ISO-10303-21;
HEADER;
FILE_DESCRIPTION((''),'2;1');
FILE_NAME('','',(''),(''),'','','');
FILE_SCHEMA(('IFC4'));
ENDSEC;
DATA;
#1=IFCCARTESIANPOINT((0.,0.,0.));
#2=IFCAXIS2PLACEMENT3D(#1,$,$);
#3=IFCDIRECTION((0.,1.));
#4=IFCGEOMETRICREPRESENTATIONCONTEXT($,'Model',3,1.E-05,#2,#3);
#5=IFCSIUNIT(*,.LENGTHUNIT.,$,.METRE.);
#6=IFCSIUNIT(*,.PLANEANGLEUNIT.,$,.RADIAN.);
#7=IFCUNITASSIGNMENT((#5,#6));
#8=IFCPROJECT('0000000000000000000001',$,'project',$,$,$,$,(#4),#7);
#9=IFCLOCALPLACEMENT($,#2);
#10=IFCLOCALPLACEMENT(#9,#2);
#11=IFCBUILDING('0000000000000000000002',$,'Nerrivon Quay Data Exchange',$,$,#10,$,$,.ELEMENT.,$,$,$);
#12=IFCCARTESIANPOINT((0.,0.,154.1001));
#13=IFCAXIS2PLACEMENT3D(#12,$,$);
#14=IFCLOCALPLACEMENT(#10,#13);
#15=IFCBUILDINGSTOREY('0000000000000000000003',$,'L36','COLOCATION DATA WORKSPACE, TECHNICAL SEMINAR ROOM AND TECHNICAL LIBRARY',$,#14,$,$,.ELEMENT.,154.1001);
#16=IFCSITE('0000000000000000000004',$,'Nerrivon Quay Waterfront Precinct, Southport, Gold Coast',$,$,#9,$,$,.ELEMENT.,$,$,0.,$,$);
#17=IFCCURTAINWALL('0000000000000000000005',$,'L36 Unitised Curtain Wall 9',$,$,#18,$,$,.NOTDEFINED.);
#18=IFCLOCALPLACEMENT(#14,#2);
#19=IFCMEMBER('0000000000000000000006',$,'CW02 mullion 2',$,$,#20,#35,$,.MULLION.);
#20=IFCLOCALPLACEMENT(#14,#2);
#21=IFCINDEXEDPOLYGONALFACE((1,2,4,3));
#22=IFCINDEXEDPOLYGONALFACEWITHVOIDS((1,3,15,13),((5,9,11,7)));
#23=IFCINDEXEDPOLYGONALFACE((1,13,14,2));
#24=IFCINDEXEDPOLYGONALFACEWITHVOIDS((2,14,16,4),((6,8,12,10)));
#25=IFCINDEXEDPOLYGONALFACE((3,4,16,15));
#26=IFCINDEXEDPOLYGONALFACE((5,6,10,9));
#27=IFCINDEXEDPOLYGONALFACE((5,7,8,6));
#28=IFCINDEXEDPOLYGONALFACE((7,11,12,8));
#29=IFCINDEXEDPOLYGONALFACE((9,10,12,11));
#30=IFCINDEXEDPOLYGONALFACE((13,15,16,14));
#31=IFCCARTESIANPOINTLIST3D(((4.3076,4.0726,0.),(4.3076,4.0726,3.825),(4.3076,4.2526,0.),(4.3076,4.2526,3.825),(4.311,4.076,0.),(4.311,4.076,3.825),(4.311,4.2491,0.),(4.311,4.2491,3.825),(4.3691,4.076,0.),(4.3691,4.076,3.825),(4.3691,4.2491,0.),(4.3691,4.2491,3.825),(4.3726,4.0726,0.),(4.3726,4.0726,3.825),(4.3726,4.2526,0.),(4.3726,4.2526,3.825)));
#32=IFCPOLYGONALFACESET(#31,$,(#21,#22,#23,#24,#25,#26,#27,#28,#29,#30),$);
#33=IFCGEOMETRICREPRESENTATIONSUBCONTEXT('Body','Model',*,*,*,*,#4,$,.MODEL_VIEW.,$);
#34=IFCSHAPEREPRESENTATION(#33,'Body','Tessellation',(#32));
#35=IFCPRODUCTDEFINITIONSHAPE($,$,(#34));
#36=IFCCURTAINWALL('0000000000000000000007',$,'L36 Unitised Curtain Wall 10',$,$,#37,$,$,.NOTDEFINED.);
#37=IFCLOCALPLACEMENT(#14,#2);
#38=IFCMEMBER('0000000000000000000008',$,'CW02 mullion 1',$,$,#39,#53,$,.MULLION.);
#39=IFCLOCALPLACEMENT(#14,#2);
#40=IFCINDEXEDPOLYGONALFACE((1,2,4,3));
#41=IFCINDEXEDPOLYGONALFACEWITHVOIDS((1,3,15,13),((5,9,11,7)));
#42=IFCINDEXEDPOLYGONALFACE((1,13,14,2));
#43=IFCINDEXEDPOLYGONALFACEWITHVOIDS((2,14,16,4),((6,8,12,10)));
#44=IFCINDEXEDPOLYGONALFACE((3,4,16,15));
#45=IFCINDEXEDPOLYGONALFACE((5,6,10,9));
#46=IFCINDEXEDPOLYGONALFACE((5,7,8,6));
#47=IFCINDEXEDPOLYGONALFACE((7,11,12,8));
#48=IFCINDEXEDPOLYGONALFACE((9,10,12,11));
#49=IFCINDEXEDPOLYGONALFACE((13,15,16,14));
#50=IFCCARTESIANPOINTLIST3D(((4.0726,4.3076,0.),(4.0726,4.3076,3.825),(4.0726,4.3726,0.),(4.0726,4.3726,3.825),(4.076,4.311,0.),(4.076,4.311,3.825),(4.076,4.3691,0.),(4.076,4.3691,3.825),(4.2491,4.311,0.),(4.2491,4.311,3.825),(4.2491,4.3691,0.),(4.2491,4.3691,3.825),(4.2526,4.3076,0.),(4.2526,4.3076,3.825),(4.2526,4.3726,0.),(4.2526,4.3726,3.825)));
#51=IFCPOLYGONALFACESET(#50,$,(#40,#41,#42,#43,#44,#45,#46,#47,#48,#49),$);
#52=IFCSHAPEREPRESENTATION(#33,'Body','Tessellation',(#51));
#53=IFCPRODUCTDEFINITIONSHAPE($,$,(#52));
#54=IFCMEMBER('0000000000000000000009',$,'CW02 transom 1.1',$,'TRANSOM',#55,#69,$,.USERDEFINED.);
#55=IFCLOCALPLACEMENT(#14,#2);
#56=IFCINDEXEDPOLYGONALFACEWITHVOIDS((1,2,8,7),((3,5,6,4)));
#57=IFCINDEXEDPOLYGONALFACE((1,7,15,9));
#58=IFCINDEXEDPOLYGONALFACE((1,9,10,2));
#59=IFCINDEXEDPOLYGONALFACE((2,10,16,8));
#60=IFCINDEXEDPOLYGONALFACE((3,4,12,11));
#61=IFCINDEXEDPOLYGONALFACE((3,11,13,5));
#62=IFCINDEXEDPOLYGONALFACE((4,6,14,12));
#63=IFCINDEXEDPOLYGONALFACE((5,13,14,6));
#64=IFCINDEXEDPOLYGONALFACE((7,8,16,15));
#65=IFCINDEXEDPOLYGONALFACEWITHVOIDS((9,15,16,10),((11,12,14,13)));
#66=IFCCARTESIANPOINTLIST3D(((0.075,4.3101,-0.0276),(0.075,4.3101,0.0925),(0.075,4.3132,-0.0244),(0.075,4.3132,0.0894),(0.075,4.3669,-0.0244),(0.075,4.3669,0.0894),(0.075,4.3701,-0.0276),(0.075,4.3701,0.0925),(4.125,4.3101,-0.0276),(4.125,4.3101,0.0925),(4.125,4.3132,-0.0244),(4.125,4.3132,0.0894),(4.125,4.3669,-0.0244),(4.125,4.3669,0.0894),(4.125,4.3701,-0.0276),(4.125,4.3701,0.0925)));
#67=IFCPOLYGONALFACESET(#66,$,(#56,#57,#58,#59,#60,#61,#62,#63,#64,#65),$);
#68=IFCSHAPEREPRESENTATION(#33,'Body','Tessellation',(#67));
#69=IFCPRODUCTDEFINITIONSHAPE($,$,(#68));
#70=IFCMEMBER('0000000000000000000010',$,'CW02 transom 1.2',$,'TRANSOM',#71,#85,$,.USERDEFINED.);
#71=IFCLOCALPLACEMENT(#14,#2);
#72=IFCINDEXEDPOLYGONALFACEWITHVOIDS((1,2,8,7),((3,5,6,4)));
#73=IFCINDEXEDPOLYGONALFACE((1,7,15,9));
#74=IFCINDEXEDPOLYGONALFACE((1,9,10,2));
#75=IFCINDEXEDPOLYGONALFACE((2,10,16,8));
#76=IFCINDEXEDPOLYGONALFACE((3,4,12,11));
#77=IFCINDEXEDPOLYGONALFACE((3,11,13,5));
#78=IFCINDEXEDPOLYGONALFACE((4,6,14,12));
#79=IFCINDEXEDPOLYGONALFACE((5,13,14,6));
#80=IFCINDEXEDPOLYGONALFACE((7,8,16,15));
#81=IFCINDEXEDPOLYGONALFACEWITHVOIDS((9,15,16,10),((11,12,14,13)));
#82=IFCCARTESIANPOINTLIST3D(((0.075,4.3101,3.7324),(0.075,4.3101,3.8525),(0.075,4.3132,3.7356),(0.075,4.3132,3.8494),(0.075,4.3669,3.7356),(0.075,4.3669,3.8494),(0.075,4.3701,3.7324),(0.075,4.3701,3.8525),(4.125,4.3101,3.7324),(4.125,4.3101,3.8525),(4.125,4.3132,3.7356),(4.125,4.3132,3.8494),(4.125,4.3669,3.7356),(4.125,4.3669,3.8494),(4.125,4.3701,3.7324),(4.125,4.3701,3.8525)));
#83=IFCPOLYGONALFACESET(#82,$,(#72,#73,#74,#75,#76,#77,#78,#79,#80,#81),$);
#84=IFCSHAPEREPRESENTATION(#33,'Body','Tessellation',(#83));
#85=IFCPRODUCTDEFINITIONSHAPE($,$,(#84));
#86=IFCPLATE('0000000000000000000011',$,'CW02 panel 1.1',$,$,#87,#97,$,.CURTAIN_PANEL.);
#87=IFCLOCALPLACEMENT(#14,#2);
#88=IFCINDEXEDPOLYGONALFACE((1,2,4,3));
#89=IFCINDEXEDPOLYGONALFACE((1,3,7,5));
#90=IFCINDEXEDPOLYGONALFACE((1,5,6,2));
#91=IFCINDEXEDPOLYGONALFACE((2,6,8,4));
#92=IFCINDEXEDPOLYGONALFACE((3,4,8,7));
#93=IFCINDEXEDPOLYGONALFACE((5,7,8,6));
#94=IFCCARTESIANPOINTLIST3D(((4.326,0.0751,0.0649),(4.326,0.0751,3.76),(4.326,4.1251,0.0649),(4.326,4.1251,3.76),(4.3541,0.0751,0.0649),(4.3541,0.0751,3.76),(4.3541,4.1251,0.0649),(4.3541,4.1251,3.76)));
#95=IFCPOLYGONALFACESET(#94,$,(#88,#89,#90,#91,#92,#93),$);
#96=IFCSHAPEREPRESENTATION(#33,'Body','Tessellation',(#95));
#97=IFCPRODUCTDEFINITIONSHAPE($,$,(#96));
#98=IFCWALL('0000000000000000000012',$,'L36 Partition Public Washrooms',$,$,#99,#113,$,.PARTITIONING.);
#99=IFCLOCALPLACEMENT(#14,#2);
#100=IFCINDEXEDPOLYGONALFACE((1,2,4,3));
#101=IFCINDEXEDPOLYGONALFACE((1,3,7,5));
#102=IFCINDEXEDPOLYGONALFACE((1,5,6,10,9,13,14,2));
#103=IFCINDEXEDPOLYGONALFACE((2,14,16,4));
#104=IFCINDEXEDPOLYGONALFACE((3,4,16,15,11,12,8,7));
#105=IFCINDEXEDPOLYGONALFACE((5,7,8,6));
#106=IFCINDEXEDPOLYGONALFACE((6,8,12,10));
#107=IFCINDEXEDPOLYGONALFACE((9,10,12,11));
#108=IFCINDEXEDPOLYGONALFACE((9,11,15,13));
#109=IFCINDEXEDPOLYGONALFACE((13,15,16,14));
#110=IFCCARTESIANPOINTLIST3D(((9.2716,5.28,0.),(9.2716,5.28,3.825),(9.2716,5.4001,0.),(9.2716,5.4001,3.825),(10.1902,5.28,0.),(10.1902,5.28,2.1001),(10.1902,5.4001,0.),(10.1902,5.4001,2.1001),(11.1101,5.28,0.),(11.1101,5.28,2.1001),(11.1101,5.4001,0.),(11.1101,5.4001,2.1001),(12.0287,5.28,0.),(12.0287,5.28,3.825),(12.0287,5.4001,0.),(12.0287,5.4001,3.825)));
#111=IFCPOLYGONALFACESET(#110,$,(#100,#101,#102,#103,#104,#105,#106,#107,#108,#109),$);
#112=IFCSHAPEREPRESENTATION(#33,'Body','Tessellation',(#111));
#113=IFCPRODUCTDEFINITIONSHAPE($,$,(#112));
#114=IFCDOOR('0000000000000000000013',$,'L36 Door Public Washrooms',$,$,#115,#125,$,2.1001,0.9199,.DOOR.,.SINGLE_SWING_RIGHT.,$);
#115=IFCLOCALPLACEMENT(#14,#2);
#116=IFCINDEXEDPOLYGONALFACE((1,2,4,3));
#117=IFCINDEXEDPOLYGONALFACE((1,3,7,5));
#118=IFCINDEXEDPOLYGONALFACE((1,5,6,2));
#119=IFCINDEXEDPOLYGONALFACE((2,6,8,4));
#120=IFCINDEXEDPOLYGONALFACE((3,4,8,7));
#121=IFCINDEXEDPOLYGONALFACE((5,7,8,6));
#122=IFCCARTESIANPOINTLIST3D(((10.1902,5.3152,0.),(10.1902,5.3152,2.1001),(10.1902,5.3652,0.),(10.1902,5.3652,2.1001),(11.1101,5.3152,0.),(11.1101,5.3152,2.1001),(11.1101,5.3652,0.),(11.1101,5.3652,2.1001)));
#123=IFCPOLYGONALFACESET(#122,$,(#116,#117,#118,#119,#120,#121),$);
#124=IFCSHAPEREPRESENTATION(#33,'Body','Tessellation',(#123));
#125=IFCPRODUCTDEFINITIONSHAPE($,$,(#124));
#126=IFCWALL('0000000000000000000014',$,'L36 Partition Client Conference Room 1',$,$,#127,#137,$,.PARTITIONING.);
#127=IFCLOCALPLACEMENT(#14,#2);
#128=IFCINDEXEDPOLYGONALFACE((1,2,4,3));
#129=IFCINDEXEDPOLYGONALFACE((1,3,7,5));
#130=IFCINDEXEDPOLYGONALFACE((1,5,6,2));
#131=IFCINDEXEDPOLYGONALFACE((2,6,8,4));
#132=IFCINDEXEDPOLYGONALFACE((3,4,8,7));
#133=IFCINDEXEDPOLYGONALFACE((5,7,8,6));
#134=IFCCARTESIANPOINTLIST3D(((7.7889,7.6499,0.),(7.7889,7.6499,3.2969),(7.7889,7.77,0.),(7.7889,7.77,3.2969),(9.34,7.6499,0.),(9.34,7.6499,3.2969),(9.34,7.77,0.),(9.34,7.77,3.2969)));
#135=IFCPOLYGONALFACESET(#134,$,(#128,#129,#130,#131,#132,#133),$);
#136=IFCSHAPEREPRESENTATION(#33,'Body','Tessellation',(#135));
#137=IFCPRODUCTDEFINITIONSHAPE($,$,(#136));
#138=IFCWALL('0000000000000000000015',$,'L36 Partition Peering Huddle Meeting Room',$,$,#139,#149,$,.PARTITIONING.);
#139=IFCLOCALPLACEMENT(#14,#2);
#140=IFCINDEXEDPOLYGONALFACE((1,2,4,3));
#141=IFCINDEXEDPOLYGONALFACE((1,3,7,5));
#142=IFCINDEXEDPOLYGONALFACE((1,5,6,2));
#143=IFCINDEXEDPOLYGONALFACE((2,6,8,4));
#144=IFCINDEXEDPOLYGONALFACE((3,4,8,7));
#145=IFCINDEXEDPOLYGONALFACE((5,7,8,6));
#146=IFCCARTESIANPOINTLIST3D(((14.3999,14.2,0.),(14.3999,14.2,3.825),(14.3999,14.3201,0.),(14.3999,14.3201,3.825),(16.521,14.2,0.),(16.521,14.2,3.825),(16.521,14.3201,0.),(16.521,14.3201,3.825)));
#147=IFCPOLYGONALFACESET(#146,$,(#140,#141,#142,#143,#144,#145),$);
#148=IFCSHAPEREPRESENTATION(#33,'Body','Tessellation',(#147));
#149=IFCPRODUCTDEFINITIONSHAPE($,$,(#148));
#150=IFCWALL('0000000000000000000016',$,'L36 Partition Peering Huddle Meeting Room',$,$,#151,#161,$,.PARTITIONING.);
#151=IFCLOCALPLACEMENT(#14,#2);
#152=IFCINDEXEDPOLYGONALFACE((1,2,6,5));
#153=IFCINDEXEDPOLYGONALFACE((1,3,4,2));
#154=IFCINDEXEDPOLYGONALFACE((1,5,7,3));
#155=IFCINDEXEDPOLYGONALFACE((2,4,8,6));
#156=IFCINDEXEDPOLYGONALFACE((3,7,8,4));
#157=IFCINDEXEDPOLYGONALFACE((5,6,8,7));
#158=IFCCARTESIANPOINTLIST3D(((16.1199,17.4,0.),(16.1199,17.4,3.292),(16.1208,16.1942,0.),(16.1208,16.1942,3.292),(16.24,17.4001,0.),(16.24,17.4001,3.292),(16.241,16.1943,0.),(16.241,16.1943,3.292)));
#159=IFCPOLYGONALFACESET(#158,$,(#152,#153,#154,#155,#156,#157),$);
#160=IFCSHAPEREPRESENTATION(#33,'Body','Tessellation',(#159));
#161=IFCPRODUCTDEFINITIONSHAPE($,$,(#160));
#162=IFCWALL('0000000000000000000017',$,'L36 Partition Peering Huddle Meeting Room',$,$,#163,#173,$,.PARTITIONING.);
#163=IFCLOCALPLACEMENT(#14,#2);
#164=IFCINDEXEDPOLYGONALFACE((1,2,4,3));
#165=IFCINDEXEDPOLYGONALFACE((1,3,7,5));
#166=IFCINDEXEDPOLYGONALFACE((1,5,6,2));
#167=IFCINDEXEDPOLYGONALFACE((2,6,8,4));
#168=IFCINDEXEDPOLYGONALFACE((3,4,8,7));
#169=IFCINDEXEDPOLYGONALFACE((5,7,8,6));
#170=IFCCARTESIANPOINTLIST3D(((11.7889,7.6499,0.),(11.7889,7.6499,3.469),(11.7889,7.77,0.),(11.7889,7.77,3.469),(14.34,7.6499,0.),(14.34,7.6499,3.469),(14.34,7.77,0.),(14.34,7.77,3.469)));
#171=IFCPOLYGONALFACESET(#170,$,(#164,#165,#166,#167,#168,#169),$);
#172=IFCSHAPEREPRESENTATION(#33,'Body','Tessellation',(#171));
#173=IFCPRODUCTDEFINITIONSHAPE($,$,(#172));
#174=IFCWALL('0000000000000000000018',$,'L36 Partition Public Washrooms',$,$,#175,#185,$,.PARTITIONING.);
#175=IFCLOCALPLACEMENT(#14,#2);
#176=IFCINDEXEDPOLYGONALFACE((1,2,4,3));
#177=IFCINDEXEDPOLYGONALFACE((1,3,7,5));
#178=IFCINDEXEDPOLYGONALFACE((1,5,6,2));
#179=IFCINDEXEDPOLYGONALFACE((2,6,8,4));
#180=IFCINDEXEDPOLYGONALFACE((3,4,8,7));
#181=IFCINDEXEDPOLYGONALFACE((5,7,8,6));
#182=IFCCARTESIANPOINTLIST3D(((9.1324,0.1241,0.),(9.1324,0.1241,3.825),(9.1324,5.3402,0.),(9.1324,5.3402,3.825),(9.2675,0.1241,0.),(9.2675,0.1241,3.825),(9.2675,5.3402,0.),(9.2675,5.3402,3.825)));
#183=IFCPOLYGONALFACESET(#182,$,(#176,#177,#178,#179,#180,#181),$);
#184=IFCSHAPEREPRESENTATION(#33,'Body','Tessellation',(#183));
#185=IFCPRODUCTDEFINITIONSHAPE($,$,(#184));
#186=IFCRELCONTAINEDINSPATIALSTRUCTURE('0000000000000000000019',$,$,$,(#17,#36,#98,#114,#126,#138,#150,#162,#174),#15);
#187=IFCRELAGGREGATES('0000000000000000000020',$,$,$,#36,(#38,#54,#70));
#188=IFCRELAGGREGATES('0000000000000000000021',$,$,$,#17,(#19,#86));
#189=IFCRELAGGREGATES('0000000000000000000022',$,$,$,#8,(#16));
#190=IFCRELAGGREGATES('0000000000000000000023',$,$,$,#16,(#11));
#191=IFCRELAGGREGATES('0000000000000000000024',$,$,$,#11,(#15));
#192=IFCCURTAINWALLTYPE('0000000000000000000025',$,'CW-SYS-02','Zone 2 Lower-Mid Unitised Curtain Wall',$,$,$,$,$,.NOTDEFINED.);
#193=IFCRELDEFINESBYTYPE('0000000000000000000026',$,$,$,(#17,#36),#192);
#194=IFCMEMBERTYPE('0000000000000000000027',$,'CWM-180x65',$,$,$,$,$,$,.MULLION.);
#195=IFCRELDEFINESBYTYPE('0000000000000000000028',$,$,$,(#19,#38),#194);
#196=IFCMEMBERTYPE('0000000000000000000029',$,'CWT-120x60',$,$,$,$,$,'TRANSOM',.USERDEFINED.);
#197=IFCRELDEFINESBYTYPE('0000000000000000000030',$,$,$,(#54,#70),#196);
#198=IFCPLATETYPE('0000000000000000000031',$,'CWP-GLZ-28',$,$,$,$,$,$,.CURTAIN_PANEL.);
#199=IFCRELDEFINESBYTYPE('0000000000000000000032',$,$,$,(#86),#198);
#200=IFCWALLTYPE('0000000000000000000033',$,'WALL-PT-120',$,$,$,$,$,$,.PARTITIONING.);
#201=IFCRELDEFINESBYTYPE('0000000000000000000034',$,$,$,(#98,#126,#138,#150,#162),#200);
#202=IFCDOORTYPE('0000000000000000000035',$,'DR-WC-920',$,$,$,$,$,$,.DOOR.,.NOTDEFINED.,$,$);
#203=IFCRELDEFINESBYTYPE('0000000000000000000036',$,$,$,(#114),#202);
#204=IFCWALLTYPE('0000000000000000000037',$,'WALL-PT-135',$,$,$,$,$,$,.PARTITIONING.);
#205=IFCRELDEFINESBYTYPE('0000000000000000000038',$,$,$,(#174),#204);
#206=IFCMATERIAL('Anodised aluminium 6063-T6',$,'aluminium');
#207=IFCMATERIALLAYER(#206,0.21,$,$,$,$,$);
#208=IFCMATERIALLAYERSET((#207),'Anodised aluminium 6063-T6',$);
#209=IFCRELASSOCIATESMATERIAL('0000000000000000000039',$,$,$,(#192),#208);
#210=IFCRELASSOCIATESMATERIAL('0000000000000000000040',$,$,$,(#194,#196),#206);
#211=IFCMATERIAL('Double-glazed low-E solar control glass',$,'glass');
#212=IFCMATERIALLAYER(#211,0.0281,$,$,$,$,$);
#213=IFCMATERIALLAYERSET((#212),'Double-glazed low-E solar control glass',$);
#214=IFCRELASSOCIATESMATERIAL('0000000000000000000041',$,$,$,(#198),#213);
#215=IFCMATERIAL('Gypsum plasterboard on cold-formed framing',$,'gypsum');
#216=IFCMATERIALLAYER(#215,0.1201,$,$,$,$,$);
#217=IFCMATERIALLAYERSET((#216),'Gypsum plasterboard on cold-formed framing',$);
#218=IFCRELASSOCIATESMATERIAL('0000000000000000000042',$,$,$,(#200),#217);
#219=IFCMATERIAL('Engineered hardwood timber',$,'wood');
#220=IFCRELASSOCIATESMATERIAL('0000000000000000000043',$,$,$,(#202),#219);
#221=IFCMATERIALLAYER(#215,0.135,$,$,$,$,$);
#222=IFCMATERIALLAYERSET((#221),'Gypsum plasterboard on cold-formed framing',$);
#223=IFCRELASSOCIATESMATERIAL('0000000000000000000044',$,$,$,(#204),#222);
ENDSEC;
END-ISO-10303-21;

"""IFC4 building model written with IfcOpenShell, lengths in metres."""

from ifc_helpers import new_model, si_unit, direction, frame, frame_2d, origin, origin_2d, place, context, subcontext, project, spatial, rectangle, hollow_rectangle, extrude, material, layer, layer_set, material_profile, profile_set, type_object, element, fill, aggregate, save


model = new_model("IFC4")

# Units and contexts
model_context = context("Model", 3, precision=1e-05, world=origin(), true_north=direction((0.0, 1.0)))
body_context = subcontext(model_context, "Body", "Model", "MODEL_VIEW")
ifc_project = project(units=[si_unit("LENGTHUNIT", "METRE"), si_unit("PLANEANGLEUNIT", "RADIAN")], contexts=[model_context])

# Site, building, storey
site_placement = place(None, origin())
site = spatial("IfcSite", under=ifc_project, at=site_placement, Name="Nerrivon Quay Waterfront Precinct, Southport, Gold Coast", CompositionType="ELEMENT", RefElevation=0.0)
building_placement = place(site_placement, origin())
building = spatial("IfcBuilding", under=site, at=building_placement, Name="Nerrivon Quay Data Exchange", CompositionType="ELEMENT")
storey_placement = place(building_placement, frame((0.0, 0.0, 154.1001)))
storey = spatial("IfcBuildingStorey", under=building, at=storey_placement, Name="L36", Description="COLOCATION DATA WORKSPACE, TECHNICAL SEMINAR ROOM AND TECHNICAL LIBRARY", CompositionType="ELEMENT", Elevation=154.1001)

# Curtain wall, member
ifc_material_1 = material(Name="Anodised aluminium 6063-T6", Category="aluminium")
ifc_layer_1 = layer(ifc_material_1, 0.21)
ifc_layer_set_1 = layer_set([ifc_layer_1], Name="Anodised aluminium 6063-T6")
curtain_wall_type = type_object("IfcCurtainWallType", Name="CW-SYS-02", Description="Zone 2 Lower-Mid Unitised Curtain Wall", PredefinedType="NOTDEFINED", material=ifc_layer_set_1)
curtain_wall_1_placement = place(storey_placement, origin())
curtain_wall_1 = element("IfcCurtainWall", 1, at=curtain_wall_1_placement, inside=storey, type_object=curtain_wall_type, Name="L36 Unitised Curtain Wall 9", PredefinedType="NOTDEFINED")
ifc_material_profile_1 = material_profile(ifc_material_1, hollow_rectangle(XDim=0.0649, YDim=0.1799, WallThickness=0.0034, at=origin_2d()), Name="ALU-MULL-180x65")
ifc_profile_set_1 = profile_set([ifc_material_profile_1], Name="Anodised aluminium 6063-T6")
member_type_1 = type_object("IfcMemberType", Name="CWM-180x65", PredefinedType="MULLION", material=ifc_profile_set_1)
member_1_placement = place(storey_placement, frame((4.3401, 4.1626, 0.0), z_axis=(0.0, 0.0, 1.0), x_axis=(-1.0, 0.0, 0.0)))
member_1 = element("IfcMember", 2, at=member_1_placement, type_object=member_type_1, Name="CW02 mullion 2", PredefinedType="MULLION", context=body_context, shape_type="SweptSolid", body=[
    extrude(hollow_rectangle(XDim=0.0649, YDim=0.1799, WallThickness=0.0034, at=origin_2d()), origin(), (0.0, 0.0, 1.0), 3.825),
])

# Curtain wall, members
curtain_wall_2_placement = place(storey_placement, origin())
curtain_wall_2 = element("IfcCurtainWall", 3, at=curtain_wall_2_placement, inside=storey, type_object=curtain_wall_type, Name="L36 Unitised Curtain Wall 10", PredefinedType="NOTDEFINED")
member_2_placement = place(storey_placement, frame((4.1626, 4.3401, 0.0), z_axis=(0.0, 0.0, 1.0), x_axis=(0.0, -1.0, 0.0)))
member_2 = element("IfcMember", 4, at=member_2_placement, type_object=member_type_1, Name="CW02 mullion 1", PredefinedType="MULLION", context=body_context, shape_type="SweptSolid", body=[
    extrude(hollow_rectangle(XDim=0.0649, YDim=0.1799, WallThickness=0.0034, at=origin_2d()), origin(), (0.0, 0.0, 1.0), 3.825),
])
ifc_material_profile_2 = material_profile(ifc_material_1, hollow_rectangle(XDim=0.0601, YDim=0.1201, WallThickness=0.0032, at=origin_2d()), Name="ALU-TRAN-120x60")
ifc_profile_set_2 = profile_set([ifc_material_profile_2], Name="Anodised aluminium 6063-T6")
member_type_2 = type_object("IfcMemberType", Name="CWT-120x60", ElementType="TRANSOM", PredefinedType="USERDEFINED", material=ifc_profile_set_2)
member_3_placement = place(storey_placement, frame((4.125, 4.3401, 0.0325), z_axis=(-1.0, 0.0, 0.0), x_axis=(0.0, -1.0, 0.0)))
member_3 = element("IfcMember", 5, at=member_3_placement, type_object=member_type_2, Name="CW02 transom 1.1", ObjectType="TRANSOM", PredefinedType="USERDEFINED", context=body_context, shape_type="SweptSolid", body=[
    extrude(hollow_rectangle(XDim=0.0601, YDim=0.1201, WallThickness=0.0032, at=origin_2d()), origin(), (0.0, 0.0, 1.0), 4.05),
])
member_4_placement = place(storey_placement, frame((4.125, 4.3401, 3.7925), z_axis=(-1.0, 0.0, 0.0), x_axis=(0.0, -1.0, 0.0)))
member_4 = element("IfcMember", 6, at=member_4_placement, type_object=member_type_2, Name="CW02 transom 1.2", ObjectType="TRANSOM", PredefinedType="USERDEFINED", context=body_context, shape_type="SweptSolid", body=[
    extrude(hollow_rectangle(XDim=0.0601, YDim=0.1201, WallThickness=0.0032, at=origin_2d()), origin(), (0.0, 0.0, 1.0), 4.05),
])
aggregate(curtain_wall_2, [member_2, member_3, member_4])

# Plate
ifc_material_2 = material(Name="Double-glazed low-E solar control glass", Category="glass")
ifc_layer_2 = layer(ifc_material_2, 0.0281)
ifc_layer_set_2 = layer_set([ifc_layer_2], Name="Double-glazed low-E solar control glass")
plate_type = type_object("IfcPlateType", Name="CWP-GLZ-28", PredefinedType="CURTAIN_PANEL", material=ifc_layer_set_2)
plate_placement = place(storey_placement, frame((4.3401, 2.1001, 0.0649), z_axis=(0.0, 0.0, 1.0), x_axis=(0.0, 1.0, 0.0)))
plate = element("IfcPlate", 7, at=plate_placement, type_object=plate_type, Name="CW02 panel 1.1", PredefinedType="CURTAIN_PANEL", context=body_context, shape_type="SweptSolid", body=[
    extrude(rectangle(XDim=4.05, YDim=0.0281, at=origin_2d()), origin(), (0.0, 0.0, 1.0), 3.6951),
])
aggregate(curtain_wall_1, [member_1, plate])

# Wall, opening, door
ifc_material_3 = material(Name="Gypsum plasterboard on cold-formed framing", Category="gypsum")
ifc_layer_3 = layer(ifc_material_3, 0.1201)
ifc_layer_set_3 = layer_set([ifc_layer_3], Name="Gypsum plasterboard on cold-formed framing")
wall_type_1 = type_object("IfcWallType", Name="WALL-PT-120", PredefinedType="PARTITIONING", material=ifc_layer_set_3)
wall_1_placement = place(storey_placement, frame((12.0286, 5.3401, 0.0), z_axis=(0.0, 0.0, 1.0), x_axis=(-1.0, 0.0, 0.0)))
wall_1 = element("IfcWall", 8, at=wall_1_placement, inside=storey, type_object=wall_type_1, Name="L36 Partition Public Washrooms", PredefinedType="PARTITIONING", context=body_context, shape_type="SweptSolid", body=[
    extrude(rectangle(XDim=2.7571, YDim=0.1201, at=frame_2d((1.3784, 0.0))), origin(), (0.0, 0.0, 1.0), 3.825),
])
opening_1_placement = place(wall_1_placement, frame((0.9185, 0.0, 0.0)))
opening_1 = element("IfcOpeningElement", 9, at=opening_1_placement, cuts=wall_1, PredefinedType="OPENING", context=body_context, shape_type="SweptSolid", body=[
    extrude(rectangle(XDim=0.9199, YDim=2.1001, at=frame_2d((0.46, 1.05))), frame((0.0, 0.0701, 0.0), z_axis=(0.0, -1.0, 0.0), x_axis=(1.0, 0.0, 0.0)), (0.0, 0.0, 1.0), 0.1401),
])
ifc_material_4 = material(Name="Engineered hardwood timber", Category="wood")
door_type_1 = type_object("IfcDoorType", Name="DR-WC-920", OperationType="NOTDEFINED", PredefinedType="DOOR", material=ifc_material_4)
door_1_placement = place(opening_1_placement, origin())
door_1 = element("IfcDoor", 10, at=door_1_placement, inside=storey, type_object=door_type_1, Name="L36 Door Public Washrooms", OperationType="SINGLE_SWING_RIGHT", OverallHeight=2.1001, OverallWidth=0.9199, PredefinedType="DOOR", context=body_context, shape_type="SweptSolid", body=[
    extrude(rectangle(XDim=0.9199, YDim=2.1001, at=frame_2d((0.46, 1.05))), frame((0.0, 0.0249, 0.0), z_axis=(0.0, -1.0, 0.0), x_axis=(1.0, 0.0, 0.0)), (0.0, 0.0, 1.0), 0.05),
])
fill(opening_1, door_1)

# Walls
wall_2_placement = place(storey_placement, frame((7.7891, 7.71, 0.0), z_axis=(0.0, 0.0, 1.0), x_axis=(1.0, 0.0, 0.0)))
element("IfcWall", 11, at=wall_2_placement, inside=storey, type_object=wall_type_1, Name="L36 Partition Client Conference Room 1", PredefinedType="PARTITIONING", context=body_context, shape_type="SweptSolid", body=[
    extrude(rectangle(XDim=1.551, YDim=0.1201, at=frame_2d((0.7754, 0.0))), origin(), (0.0, 0.0, 1.0), 3.2969),
])
wall_3_placement = place(storey_placement, frame((14.3999, 14.26, 0.0), z_axis=(0.0, 0.0, 1.0), x_axis=(1.0, 0.0, 0.0)))
element("IfcWall", 12, at=wall_3_placement, inside=storey, type_object=wall_type_1, Name="L36 Partition Peering Huddle Meeting Room", PredefinedType="PARTITIONING", context=body_context, shape_type="SweptSolid", body=[
    extrude(rectangle(XDim=2.1211, YDim=0.1201, at=frame_2d((1.0605, 0.0))), origin(), (0.0, 0.0, 1.0), 3.825),
])
wall_4_placement = place(storey_placement, frame((16.1809, 16.1941, 0.0), z_axis=(0.0, 0.0, 1.0), x_axis=(-0.00081, 1.0, 0.0)))
element("IfcWall", 13, at=wall_4_placement, inside=storey, type_object=wall_type_1, Name="L36 Partition Peering Huddle Meeting Room", PredefinedType="PARTITIONING", context=body_context, shape_type="SweptSolid", body=[
    extrude(rectangle(XDim=1.2058, YDim=0.1201, at=frame_2d((0.603, 0.0))), origin(), (0.0, 0.0, 1.0), 3.292),
])
wall_5_placement = place(storey_placement, frame((11.7891, 7.71, 0.0), z_axis=(0.0, 0.0, 1.0), x_axis=(1.0, 0.0, 0.0)))
element("IfcWall", 14, at=wall_5_placement, inside=storey, type_object=wall_type_1, Name="L36 Partition Peering Huddle Meeting Room", PredefinedType="PARTITIONING", context=body_context, shape_type="SweptSolid", body=[
    extrude(rectangle(XDim=2.551, YDim=0.1201, at=frame_2d((1.2754, 0.0))), origin(), (0.0, 0.0, 1.0), 3.469),
])
ifc_layer_4 = layer(ifc_material_3, 0.135)
ifc_layer_set_4 = layer_set([ifc_layer_4], Name="Gypsum plasterboard on cold-formed framing")
wall_type_2 = type_object("IfcWallType", Name="WALL-PT-135", PredefinedType="PARTITIONING", material=ifc_layer_set_4)
wall_6_placement = place(storey_placement, frame((9.2, 5.3401, 0.0), z_axis=(0.0, 0.0, 1.0), x_axis=(0.0, -1.0, 0.0)))
element("IfcWall", 15, at=wall_6_placement, inside=storey, type_object=wall_type_2, Name="L36 Partition Public Washrooms", PredefinedType="PARTITIONING", context=body_context, shape_type="SweptSolid", body=[
    extrude(rectangle(XDim=5.2161, YDim=0.135, at=frame_2d((2.6079, 0.0))), origin(), (0.0, 0.0, 1.0), 3.825),
])

save(model, "model.ifc")
